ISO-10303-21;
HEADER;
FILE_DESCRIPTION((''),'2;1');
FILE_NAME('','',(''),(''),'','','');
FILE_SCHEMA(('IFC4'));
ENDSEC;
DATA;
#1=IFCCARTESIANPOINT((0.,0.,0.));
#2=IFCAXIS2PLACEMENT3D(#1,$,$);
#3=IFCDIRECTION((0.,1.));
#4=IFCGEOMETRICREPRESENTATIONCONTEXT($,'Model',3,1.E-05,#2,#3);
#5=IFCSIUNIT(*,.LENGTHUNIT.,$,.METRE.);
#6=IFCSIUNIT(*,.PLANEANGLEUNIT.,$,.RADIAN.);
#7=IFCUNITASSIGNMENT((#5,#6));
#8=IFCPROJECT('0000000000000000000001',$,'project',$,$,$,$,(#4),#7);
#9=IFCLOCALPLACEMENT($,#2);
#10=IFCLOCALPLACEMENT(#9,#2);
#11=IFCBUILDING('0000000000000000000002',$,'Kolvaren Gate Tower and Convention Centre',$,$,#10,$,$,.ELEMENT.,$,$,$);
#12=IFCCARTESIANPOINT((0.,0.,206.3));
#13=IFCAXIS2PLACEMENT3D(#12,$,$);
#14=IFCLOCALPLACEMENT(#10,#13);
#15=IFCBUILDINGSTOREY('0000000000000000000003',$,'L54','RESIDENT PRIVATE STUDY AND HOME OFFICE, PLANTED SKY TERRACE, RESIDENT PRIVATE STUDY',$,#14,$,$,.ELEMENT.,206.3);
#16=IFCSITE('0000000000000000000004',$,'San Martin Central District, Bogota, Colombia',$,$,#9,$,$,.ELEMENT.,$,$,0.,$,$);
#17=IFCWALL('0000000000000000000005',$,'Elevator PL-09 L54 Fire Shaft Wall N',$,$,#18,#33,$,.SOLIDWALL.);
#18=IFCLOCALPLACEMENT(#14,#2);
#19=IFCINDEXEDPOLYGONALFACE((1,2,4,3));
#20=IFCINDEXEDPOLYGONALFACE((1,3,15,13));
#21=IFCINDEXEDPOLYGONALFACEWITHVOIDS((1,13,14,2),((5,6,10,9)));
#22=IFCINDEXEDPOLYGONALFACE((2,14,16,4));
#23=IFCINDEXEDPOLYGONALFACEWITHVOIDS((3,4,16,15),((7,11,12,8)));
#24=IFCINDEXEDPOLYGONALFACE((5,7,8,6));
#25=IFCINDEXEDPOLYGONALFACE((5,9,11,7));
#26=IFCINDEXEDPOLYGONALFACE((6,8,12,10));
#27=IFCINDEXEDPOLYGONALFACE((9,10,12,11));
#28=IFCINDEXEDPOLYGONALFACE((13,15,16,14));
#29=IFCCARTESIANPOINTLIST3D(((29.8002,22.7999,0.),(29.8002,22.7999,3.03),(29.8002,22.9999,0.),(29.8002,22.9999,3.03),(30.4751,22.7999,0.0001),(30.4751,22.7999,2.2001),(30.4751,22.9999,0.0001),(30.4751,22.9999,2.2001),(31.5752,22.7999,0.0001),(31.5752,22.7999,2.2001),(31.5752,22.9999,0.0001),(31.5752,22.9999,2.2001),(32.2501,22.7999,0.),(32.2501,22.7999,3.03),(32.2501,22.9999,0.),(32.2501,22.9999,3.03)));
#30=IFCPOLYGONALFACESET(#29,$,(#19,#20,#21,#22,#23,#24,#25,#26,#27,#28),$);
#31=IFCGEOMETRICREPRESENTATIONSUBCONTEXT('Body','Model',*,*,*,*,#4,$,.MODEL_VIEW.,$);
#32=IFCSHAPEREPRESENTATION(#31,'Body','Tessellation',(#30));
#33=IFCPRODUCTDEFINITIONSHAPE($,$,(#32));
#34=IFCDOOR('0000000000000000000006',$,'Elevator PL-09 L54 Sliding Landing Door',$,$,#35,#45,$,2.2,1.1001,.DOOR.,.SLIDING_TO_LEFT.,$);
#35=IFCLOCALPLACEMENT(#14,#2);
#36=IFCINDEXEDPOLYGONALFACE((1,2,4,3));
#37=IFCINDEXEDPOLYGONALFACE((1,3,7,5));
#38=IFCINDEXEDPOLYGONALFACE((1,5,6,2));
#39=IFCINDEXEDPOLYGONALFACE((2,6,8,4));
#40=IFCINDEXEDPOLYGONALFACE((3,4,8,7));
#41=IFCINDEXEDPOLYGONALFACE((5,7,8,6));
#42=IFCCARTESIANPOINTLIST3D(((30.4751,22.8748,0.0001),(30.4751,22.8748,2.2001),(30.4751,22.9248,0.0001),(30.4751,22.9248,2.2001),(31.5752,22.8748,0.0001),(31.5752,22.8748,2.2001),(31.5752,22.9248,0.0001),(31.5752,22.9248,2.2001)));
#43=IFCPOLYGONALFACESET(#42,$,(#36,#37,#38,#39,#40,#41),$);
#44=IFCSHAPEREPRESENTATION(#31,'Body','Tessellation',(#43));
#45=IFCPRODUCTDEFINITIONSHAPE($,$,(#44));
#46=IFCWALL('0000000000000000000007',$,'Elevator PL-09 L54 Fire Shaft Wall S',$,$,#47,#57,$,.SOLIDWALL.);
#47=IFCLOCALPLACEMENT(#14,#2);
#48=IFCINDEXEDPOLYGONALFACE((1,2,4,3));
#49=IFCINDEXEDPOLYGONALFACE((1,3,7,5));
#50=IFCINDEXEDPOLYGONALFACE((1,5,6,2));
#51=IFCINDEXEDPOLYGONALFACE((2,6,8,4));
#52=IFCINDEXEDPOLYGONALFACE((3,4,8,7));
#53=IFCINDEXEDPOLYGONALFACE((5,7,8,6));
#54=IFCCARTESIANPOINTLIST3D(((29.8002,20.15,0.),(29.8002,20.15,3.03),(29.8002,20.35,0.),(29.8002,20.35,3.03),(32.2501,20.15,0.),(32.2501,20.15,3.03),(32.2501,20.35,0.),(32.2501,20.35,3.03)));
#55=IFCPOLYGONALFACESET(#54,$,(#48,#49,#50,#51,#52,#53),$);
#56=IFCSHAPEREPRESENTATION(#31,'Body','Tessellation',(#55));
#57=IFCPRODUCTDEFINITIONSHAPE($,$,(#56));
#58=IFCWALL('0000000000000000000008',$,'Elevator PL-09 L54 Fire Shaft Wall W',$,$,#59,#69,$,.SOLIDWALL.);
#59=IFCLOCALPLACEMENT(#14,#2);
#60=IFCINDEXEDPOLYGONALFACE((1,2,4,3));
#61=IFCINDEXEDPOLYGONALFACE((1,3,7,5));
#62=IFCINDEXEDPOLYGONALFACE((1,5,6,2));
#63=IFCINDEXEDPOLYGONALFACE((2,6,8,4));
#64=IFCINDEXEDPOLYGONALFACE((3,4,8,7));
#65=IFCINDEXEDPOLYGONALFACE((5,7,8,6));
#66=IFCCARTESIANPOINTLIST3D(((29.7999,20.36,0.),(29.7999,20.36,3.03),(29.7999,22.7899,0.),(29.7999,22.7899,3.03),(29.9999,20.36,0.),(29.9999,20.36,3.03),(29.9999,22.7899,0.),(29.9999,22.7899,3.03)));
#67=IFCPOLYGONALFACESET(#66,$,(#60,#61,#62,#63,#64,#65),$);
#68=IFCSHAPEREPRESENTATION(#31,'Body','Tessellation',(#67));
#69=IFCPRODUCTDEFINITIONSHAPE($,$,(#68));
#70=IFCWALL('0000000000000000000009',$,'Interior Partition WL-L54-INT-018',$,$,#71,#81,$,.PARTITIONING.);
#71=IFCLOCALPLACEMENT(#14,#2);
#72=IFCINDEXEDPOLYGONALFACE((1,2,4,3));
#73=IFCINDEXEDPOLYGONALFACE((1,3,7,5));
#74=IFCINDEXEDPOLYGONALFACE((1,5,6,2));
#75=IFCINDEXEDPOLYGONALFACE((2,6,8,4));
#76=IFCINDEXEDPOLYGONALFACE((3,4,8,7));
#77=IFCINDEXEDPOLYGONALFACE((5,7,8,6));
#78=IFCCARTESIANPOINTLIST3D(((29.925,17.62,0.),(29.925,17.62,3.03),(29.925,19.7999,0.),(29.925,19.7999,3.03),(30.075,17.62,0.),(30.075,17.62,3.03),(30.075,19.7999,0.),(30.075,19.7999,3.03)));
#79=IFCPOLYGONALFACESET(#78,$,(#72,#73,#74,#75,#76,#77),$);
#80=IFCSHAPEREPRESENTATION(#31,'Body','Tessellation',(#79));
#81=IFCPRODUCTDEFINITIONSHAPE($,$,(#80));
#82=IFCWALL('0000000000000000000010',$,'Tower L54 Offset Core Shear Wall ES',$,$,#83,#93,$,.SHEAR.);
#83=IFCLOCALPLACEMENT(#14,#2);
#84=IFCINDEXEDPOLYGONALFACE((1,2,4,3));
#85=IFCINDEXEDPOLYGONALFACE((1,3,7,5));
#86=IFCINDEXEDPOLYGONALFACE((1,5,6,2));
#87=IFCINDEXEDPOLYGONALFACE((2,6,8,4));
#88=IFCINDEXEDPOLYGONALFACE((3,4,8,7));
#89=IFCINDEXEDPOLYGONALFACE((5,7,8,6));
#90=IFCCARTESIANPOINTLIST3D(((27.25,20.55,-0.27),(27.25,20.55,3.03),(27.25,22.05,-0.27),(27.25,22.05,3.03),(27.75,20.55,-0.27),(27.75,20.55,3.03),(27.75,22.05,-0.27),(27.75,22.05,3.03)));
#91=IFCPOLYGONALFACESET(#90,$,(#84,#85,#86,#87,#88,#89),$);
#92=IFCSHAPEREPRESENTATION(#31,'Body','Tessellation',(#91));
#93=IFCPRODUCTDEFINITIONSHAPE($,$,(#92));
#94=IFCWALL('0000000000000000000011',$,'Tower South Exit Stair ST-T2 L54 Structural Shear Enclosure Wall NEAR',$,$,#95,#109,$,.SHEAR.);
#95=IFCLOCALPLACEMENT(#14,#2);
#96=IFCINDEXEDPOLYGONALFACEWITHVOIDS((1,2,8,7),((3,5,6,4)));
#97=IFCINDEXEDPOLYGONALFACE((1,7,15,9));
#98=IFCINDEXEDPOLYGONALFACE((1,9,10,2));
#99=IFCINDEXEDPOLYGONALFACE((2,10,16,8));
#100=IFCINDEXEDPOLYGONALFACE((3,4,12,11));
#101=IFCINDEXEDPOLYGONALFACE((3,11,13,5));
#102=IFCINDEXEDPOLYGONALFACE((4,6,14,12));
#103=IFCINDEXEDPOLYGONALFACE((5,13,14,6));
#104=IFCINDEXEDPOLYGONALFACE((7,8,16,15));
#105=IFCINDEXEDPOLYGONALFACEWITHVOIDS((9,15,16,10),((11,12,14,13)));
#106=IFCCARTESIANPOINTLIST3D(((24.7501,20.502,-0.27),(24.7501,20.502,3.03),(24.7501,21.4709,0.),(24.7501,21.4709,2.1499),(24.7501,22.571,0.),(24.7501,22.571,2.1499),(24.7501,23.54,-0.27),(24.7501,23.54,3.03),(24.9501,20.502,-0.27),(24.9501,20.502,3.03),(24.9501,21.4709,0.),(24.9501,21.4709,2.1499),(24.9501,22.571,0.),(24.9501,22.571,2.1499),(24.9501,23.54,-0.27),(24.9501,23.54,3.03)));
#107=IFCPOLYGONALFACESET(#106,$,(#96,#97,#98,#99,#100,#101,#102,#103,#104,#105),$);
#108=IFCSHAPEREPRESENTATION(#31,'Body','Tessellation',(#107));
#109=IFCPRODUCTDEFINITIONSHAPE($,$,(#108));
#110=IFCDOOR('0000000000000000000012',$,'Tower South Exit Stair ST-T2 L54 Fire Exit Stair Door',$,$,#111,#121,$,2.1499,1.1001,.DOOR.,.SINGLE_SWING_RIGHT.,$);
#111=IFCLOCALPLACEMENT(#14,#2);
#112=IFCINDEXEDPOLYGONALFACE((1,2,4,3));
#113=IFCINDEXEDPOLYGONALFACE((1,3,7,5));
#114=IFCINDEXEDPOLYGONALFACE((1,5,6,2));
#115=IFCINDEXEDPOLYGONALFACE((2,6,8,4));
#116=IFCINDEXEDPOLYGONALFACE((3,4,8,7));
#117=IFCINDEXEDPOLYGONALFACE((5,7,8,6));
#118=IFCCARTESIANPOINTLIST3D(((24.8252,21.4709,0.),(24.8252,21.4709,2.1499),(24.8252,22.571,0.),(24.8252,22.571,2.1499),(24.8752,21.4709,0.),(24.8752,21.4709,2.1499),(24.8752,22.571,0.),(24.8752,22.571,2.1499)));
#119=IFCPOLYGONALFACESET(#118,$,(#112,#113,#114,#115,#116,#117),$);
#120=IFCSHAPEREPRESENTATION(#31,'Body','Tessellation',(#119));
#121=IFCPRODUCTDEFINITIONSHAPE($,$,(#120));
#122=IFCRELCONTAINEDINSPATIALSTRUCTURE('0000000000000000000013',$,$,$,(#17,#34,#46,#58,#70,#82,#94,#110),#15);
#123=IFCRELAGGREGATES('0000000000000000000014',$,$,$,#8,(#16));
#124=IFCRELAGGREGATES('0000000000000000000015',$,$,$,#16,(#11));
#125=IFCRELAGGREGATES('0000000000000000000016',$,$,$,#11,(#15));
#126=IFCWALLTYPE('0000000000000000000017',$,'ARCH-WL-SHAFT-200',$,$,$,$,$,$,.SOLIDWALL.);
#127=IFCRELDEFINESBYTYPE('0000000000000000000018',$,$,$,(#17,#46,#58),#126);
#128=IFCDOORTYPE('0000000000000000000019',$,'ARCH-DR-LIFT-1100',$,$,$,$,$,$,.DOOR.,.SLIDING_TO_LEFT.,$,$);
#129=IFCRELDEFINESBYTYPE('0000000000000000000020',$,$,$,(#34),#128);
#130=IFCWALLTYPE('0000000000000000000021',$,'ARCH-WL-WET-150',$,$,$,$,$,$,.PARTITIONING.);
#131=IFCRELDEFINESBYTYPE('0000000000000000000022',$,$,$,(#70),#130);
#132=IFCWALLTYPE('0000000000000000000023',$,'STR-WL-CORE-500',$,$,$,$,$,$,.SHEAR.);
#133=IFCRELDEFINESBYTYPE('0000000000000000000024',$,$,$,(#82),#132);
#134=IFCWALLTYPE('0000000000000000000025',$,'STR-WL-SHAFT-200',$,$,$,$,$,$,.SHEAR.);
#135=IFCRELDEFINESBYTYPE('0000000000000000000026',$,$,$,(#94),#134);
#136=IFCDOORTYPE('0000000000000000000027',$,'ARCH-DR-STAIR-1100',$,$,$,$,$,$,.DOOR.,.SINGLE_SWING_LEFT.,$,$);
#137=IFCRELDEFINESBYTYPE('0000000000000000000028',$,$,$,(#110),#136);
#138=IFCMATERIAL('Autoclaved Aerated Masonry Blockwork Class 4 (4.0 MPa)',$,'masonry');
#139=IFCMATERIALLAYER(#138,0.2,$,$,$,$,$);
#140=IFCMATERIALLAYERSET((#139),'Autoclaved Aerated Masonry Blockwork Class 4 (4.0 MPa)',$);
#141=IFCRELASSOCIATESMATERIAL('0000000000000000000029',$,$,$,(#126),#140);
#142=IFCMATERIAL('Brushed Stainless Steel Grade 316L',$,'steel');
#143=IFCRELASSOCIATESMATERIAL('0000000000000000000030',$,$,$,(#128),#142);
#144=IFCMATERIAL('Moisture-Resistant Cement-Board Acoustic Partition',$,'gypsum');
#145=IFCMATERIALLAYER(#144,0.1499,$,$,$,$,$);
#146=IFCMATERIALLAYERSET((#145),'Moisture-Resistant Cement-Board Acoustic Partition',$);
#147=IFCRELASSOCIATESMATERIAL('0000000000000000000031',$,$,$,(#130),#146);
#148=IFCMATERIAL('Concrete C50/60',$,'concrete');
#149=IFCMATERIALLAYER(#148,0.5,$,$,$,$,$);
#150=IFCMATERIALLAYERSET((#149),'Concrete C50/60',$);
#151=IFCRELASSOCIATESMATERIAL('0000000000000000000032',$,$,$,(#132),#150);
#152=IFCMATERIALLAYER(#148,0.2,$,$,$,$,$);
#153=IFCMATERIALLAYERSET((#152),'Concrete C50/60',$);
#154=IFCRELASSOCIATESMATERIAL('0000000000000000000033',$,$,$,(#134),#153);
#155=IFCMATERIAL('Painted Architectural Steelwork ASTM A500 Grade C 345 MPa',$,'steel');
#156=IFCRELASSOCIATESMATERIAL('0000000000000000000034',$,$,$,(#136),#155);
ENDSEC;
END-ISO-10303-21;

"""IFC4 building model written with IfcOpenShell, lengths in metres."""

from ifc_helpers import new_model, si_unit, direction, frame, frame_2d, origin, place, context, subcontext, project, spatial, rectangle, extrude, material, layer, layer_set, type_object, element, fill, save


model = new_model("IFC4")

# Units and contexts
model_context = context("Model", 3, precision=1e-05, world=origin(), true_north=direction((0.0, 1.0)))
body_context = subcontext(model_context, "Body", "Model", "MODEL_VIEW")
ifc_project = project(units=[si_unit("LENGTHUNIT", "METRE"), si_unit("PLANEANGLEUNIT", "RADIAN")], contexts=[model_context])

# Site, building, storey
site_placement = place(None, origin())
site = spatial("IfcSite", under=ifc_project, at=site_placement, Name="San Martin Central District, Bogota, Colombia", CompositionType="ELEMENT", RefElevation=0.0)
building_placement = place(site_placement, origin())
building = spatial("IfcBuilding", under=site, at=building_placement, Name="Kolvaren Gate Tower and Convention Centre", CompositionType="ELEMENT")
storey_placement = place(building_placement, frame((0.0, 0.0, 206.3)))
storey = spatial("IfcBuildingStorey", under=building, at=storey_placement, Name="L54", Description="RESIDENT PRIVATE STUDY AND HOME OFFICE, PLANTED SKY TERRACE, RESIDENT PRIVATE STUDY", CompositionType="ELEMENT", Elevation=206.3)

# Shared definitions
ifc_material_1 = material(Name="Autoclaved Aerated Masonry Blockwork Class 4 (4.0 MPa)", Category="masonry")
ifc_material_2 = material(Name="Painted Architectural Steelwork ASTM A500 Grade C 345 MPa", Category="steel")

# Wall, opening, door
ifc_layer_1 = layer(ifc_material_1, 0.2)
ifc_layer_set_1 = layer_set([ifc_layer_1], Name="Autoclaved Aerated Masonry Blockwork Class 4 (4.0 MPa)")
wall_type_1 = type_object("IfcWallType", Name="ARCH-WL-SHAFT-200", PredefinedType="SOLIDWALL", material=ifc_layer_set_1)
wall_1_placement = place(storey_placement, frame((29.8, 22.8999, 0.0), z_axis=(0.0, 0.0, 1.0), x_axis=(1.0, 0.0, 0.0)))
wall_1 = element("IfcWall", 1, at=wall_1_placement, inside=storey, type_object=wall_type_1, Name="Elevator PL-09 L54 Fire Shaft Wall N", PredefinedType="SOLIDWALL", context=body_context, shape_type="SweptSolid", body=[
    extrude(rectangle(XDim=2.45, YDim=0.2, at=frame_2d((1.2251, 0.0))), origin(), (0.0, 0.0, 1.0), 3.03),
])
opening_1_placement = place(wall_1_placement, frame((0.675, 0.0, 0.0)))
opening_1 = element("IfcOpeningElement", 2, at=opening_1_placement, cuts=wall_1, PredefinedType="OPENING", context=body_context, shape_type="SweptSolid", body=[
    extrude(rectangle(XDim=1.1001, YDim=2.2, at=frame_2d((0.55, 1.1001))), frame((0.0, 0.1099, 0.0), z_axis=(0.0, -1.0, 0.0), x_axis=(1.0, 0.0, 0.0)), (0.0, 0.0, 1.0), 0.22),
])
ifc_material_3 = material(Name="Brushed Stainless Steel Grade 316L", Category="steel")
door_type_1 = type_object("IfcDoorType", Name="ARCH-DR-LIFT-1100", OperationType="SLIDING_TO_LEFT", PredefinedType="DOOR", material=ifc_material_3)
door_1_placement = place(opening_1_placement, origin())
door_1 = element("IfcDoor", 3, at=door_1_placement, inside=storey, type_object=door_type_1, Name="Elevator PL-09 L54 Sliding Landing Door", OperationType="SLIDING_TO_LEFT", OverallHeight=2.2, OverallWidth=1.1001, PredefinedType="DOOR", context=body_context, shape_type="SweptSolid", body=[
    extrude(rectangle(XDim=1.1001, YDim=2.2, at=frame_2d((0.55, 1.1001))), frame((0.0, 0.0249, 0.0), z_axis=(0.0, -1.0, 0.0), x_axis=(1.0, 0.0, 0.0)), (0.0, 0.0, 1.0), 0.05),
])
fill(opening_1, door_1)

# Walls
wall_2_placement = place(storey_placement, frame((29.8, 20.25, 0.0), z_axis=(0.0, 0.0, 1.0), x_axis=(1.0, 0.0, 0.0)))
element("IfcWall", 4, at=wall_2_placement, inside=storey, type_object=wall_type_1, Name="Elevator PL-09 L54 Fire Shaft Wall S", PredefinedType="SOLIDWALL", context=body_context, shape_type="SweptSolid", body=[
    extrude(rectangle(XDim=2.45, YDim=0.2, at=frame_2d((1.2251, 0.0))), origin(), (0.0, 0.0, 1.0), 3.03),
])
wall_3_placement = place(storey_placement, frame((29.8999, 20.3601, 0.0), z_axis=(0.0, 0.0, 1.0), x_axis=(0.0, 1.0, 0.0)))
element("IfcWall", 5, at=wall_3_placement, inside=storey, type_object=wall_type_1, Name="Elevator PL-09 L54 Fire Shaft Wall W", PredefinedType="SOLIDWALL", context=body_context, shape_type="SweptSolid", body=[
    extrude(rectangle(XDim=2.4299, YDim=0.2, at=frame_2d((1.2148, 0.0))), origin(), (0.0, 0.0, 1.0), 3.03),
])
ifc_material_4 = material(Name="Moisture-Resistant Cement-Board Acoustic Partition", Category="gypsum")
ifc_layer_2 = layer(ifc_material_4, 0.1499)
ifc_layer_set_2 = layer_set([ifc_layer_2], Name="Moisture-Resistant Cement-Board Acoustic Partition")
wall_type_2 = type_object("IfcWallType", Name="ARCH-WL-WET-150", PredefinedType="PARTITIONING", material=ifc_layer_set_2)
wall_4_placement = place(storey_placement, frame((30.0, 17.6201, 0.0), z_axis=(0.0, 0.0, 1.0), x_axis=(0.0, 1.0, 0.0)))
element("IfcWall", 6, at=wall_4_placement, inside=storey, type_object=wall_type_2, Name="Interior Partition WL-L54-INT-018", PredefinedType="PARTITIONING", context=body_context, shape_type="SweptSolid", body=[
    extrude(rectangle(XDim=2.1799, YDim=0.1499, at=frame_2d((1.0898, 0.0))), origin(), (0.0, 0.0, 1.0), 3.03),
])
ifc_material_5 = material(Name="Concrete C50/60", Category="concrete")
ifc_layer_3 = layer(ifc_material_5, 0.5)
ifc_layer_set_3 = layer_set([ifc_layer_3], Name="Concrete C50/60")
wall_type_3 = type_object("IfcWallType", Name="STR-WL-CORE-500", PredefinedType="SHEAR", material=ifc_layer_set_3)
wall_5_placement = place(storey_placement, frame((27.5, 20.55, -0.27), z_axis=(0.0, 0.0, 1.0), x_axis=(0.0, 1.0, 0.0)))
element("IfcWall", 7, at=wall_5_placement, inside=storey, type_object=wall_type_3, Name="Tower L54 Offset Core Shear Wall ES", PredefinedType="SHEAR", context=body_context, shape_type="SweptSolid", body=[
    extrude(rectangle(XDim=1.5, YDim=0.5, at=frame_2d((0.75, 0.0))), origin(), (0.0, 0.0, 1.0), 3.3),
])

# Wall, opening, door
ifc_layer_4 = layer(ifc_material_5, 0.2)
ifc_layer_set_4 = layer_set([ifc_layer_4], Name="Concrete C50/60")
wall_type_4 = type_object("IfcWallType", Name="STR-WL-SHAFT-200", PredefinedType="SHEAR", material=ifc_layer_set_4)
wall_6_placement = place(storey_placement, frame((24.8501, 20.502, -0.27), z_axis=(0.0, 0.0, 1.0), x_axis=(0.0, 1.0, 0.0)))
wall_6 = element("IfcWall", 8, at=wall_6_placement, inside=storey, type_object=wall_type_4, Name="Tower South Exit Stair ST-T2 L54 Structural Shear Enclosure Wall NEAR", PredefinedType="SHEAR", context=body_context, shape_type="SweptSolid", body=[
    extrude(rectangle(XDim=3.0381, YDim=0.2, at=frame_2d((1.519, 0.0))), origin(), (0.0, 0.0, 1.0), 3.3),
])
opening_2_placement = place(wall_6_placement, frame((0.969, 0.0, 0.27)))
opening_2 = element("IfcOpeningElement", 9, at=opening_2_placement, cuts=wall_6, PredefinedType="OPENING", context=body_context, shape_type="SweptSolid", body=[
    extrude(rectangle(XDim=1.1001, YDim=2.1499, at=frame_2d((0.55, 1.075))), frame((0.0, 0.1099, 0.0), z_axis=(0.0, -1.0, 0.0), x_axis=(1.0, 0.0, 0.0)), (0.0, 0.0, 1.0), 0.22),
])
door_type_2 = type_object("IfcDoorType", Name="ARCH-DR-STAIR-1100", OperationType="SINGLE_SWING_LEFT", PredefinedType="DOOR", material=ifc_material_2)
door_2_placement = place(opening_2_placement, origin())
door_2 = element("IfcDoor", 10, at=door_2_placement, inside=storey, type_object=door_type_2, Name="Tower South Exit Stair ST-T2 L54 Fire Exit Stair Door", OperationType="SINGLE_SWING_RIGHT", OverallHeight=2.1499, OverallWidth=1.1001, PredefinedType="DOOR", context=body_context, shape_type="SweptSolid", body=[
    extrude(rectangle(XDim=1.1001, YDim=2.1499, at=frame_2d((0.55, 1.075))), frame((0.0, 0.0249, 0.0), z_axis=(0.0, -1.0, 0.0), x_axis=(1.0, 0.0, 0.0)), (0.0, 0.0, 1.0), 0.05),
])
fill(opening_2, door_2)

save(model, "model.ifc")
